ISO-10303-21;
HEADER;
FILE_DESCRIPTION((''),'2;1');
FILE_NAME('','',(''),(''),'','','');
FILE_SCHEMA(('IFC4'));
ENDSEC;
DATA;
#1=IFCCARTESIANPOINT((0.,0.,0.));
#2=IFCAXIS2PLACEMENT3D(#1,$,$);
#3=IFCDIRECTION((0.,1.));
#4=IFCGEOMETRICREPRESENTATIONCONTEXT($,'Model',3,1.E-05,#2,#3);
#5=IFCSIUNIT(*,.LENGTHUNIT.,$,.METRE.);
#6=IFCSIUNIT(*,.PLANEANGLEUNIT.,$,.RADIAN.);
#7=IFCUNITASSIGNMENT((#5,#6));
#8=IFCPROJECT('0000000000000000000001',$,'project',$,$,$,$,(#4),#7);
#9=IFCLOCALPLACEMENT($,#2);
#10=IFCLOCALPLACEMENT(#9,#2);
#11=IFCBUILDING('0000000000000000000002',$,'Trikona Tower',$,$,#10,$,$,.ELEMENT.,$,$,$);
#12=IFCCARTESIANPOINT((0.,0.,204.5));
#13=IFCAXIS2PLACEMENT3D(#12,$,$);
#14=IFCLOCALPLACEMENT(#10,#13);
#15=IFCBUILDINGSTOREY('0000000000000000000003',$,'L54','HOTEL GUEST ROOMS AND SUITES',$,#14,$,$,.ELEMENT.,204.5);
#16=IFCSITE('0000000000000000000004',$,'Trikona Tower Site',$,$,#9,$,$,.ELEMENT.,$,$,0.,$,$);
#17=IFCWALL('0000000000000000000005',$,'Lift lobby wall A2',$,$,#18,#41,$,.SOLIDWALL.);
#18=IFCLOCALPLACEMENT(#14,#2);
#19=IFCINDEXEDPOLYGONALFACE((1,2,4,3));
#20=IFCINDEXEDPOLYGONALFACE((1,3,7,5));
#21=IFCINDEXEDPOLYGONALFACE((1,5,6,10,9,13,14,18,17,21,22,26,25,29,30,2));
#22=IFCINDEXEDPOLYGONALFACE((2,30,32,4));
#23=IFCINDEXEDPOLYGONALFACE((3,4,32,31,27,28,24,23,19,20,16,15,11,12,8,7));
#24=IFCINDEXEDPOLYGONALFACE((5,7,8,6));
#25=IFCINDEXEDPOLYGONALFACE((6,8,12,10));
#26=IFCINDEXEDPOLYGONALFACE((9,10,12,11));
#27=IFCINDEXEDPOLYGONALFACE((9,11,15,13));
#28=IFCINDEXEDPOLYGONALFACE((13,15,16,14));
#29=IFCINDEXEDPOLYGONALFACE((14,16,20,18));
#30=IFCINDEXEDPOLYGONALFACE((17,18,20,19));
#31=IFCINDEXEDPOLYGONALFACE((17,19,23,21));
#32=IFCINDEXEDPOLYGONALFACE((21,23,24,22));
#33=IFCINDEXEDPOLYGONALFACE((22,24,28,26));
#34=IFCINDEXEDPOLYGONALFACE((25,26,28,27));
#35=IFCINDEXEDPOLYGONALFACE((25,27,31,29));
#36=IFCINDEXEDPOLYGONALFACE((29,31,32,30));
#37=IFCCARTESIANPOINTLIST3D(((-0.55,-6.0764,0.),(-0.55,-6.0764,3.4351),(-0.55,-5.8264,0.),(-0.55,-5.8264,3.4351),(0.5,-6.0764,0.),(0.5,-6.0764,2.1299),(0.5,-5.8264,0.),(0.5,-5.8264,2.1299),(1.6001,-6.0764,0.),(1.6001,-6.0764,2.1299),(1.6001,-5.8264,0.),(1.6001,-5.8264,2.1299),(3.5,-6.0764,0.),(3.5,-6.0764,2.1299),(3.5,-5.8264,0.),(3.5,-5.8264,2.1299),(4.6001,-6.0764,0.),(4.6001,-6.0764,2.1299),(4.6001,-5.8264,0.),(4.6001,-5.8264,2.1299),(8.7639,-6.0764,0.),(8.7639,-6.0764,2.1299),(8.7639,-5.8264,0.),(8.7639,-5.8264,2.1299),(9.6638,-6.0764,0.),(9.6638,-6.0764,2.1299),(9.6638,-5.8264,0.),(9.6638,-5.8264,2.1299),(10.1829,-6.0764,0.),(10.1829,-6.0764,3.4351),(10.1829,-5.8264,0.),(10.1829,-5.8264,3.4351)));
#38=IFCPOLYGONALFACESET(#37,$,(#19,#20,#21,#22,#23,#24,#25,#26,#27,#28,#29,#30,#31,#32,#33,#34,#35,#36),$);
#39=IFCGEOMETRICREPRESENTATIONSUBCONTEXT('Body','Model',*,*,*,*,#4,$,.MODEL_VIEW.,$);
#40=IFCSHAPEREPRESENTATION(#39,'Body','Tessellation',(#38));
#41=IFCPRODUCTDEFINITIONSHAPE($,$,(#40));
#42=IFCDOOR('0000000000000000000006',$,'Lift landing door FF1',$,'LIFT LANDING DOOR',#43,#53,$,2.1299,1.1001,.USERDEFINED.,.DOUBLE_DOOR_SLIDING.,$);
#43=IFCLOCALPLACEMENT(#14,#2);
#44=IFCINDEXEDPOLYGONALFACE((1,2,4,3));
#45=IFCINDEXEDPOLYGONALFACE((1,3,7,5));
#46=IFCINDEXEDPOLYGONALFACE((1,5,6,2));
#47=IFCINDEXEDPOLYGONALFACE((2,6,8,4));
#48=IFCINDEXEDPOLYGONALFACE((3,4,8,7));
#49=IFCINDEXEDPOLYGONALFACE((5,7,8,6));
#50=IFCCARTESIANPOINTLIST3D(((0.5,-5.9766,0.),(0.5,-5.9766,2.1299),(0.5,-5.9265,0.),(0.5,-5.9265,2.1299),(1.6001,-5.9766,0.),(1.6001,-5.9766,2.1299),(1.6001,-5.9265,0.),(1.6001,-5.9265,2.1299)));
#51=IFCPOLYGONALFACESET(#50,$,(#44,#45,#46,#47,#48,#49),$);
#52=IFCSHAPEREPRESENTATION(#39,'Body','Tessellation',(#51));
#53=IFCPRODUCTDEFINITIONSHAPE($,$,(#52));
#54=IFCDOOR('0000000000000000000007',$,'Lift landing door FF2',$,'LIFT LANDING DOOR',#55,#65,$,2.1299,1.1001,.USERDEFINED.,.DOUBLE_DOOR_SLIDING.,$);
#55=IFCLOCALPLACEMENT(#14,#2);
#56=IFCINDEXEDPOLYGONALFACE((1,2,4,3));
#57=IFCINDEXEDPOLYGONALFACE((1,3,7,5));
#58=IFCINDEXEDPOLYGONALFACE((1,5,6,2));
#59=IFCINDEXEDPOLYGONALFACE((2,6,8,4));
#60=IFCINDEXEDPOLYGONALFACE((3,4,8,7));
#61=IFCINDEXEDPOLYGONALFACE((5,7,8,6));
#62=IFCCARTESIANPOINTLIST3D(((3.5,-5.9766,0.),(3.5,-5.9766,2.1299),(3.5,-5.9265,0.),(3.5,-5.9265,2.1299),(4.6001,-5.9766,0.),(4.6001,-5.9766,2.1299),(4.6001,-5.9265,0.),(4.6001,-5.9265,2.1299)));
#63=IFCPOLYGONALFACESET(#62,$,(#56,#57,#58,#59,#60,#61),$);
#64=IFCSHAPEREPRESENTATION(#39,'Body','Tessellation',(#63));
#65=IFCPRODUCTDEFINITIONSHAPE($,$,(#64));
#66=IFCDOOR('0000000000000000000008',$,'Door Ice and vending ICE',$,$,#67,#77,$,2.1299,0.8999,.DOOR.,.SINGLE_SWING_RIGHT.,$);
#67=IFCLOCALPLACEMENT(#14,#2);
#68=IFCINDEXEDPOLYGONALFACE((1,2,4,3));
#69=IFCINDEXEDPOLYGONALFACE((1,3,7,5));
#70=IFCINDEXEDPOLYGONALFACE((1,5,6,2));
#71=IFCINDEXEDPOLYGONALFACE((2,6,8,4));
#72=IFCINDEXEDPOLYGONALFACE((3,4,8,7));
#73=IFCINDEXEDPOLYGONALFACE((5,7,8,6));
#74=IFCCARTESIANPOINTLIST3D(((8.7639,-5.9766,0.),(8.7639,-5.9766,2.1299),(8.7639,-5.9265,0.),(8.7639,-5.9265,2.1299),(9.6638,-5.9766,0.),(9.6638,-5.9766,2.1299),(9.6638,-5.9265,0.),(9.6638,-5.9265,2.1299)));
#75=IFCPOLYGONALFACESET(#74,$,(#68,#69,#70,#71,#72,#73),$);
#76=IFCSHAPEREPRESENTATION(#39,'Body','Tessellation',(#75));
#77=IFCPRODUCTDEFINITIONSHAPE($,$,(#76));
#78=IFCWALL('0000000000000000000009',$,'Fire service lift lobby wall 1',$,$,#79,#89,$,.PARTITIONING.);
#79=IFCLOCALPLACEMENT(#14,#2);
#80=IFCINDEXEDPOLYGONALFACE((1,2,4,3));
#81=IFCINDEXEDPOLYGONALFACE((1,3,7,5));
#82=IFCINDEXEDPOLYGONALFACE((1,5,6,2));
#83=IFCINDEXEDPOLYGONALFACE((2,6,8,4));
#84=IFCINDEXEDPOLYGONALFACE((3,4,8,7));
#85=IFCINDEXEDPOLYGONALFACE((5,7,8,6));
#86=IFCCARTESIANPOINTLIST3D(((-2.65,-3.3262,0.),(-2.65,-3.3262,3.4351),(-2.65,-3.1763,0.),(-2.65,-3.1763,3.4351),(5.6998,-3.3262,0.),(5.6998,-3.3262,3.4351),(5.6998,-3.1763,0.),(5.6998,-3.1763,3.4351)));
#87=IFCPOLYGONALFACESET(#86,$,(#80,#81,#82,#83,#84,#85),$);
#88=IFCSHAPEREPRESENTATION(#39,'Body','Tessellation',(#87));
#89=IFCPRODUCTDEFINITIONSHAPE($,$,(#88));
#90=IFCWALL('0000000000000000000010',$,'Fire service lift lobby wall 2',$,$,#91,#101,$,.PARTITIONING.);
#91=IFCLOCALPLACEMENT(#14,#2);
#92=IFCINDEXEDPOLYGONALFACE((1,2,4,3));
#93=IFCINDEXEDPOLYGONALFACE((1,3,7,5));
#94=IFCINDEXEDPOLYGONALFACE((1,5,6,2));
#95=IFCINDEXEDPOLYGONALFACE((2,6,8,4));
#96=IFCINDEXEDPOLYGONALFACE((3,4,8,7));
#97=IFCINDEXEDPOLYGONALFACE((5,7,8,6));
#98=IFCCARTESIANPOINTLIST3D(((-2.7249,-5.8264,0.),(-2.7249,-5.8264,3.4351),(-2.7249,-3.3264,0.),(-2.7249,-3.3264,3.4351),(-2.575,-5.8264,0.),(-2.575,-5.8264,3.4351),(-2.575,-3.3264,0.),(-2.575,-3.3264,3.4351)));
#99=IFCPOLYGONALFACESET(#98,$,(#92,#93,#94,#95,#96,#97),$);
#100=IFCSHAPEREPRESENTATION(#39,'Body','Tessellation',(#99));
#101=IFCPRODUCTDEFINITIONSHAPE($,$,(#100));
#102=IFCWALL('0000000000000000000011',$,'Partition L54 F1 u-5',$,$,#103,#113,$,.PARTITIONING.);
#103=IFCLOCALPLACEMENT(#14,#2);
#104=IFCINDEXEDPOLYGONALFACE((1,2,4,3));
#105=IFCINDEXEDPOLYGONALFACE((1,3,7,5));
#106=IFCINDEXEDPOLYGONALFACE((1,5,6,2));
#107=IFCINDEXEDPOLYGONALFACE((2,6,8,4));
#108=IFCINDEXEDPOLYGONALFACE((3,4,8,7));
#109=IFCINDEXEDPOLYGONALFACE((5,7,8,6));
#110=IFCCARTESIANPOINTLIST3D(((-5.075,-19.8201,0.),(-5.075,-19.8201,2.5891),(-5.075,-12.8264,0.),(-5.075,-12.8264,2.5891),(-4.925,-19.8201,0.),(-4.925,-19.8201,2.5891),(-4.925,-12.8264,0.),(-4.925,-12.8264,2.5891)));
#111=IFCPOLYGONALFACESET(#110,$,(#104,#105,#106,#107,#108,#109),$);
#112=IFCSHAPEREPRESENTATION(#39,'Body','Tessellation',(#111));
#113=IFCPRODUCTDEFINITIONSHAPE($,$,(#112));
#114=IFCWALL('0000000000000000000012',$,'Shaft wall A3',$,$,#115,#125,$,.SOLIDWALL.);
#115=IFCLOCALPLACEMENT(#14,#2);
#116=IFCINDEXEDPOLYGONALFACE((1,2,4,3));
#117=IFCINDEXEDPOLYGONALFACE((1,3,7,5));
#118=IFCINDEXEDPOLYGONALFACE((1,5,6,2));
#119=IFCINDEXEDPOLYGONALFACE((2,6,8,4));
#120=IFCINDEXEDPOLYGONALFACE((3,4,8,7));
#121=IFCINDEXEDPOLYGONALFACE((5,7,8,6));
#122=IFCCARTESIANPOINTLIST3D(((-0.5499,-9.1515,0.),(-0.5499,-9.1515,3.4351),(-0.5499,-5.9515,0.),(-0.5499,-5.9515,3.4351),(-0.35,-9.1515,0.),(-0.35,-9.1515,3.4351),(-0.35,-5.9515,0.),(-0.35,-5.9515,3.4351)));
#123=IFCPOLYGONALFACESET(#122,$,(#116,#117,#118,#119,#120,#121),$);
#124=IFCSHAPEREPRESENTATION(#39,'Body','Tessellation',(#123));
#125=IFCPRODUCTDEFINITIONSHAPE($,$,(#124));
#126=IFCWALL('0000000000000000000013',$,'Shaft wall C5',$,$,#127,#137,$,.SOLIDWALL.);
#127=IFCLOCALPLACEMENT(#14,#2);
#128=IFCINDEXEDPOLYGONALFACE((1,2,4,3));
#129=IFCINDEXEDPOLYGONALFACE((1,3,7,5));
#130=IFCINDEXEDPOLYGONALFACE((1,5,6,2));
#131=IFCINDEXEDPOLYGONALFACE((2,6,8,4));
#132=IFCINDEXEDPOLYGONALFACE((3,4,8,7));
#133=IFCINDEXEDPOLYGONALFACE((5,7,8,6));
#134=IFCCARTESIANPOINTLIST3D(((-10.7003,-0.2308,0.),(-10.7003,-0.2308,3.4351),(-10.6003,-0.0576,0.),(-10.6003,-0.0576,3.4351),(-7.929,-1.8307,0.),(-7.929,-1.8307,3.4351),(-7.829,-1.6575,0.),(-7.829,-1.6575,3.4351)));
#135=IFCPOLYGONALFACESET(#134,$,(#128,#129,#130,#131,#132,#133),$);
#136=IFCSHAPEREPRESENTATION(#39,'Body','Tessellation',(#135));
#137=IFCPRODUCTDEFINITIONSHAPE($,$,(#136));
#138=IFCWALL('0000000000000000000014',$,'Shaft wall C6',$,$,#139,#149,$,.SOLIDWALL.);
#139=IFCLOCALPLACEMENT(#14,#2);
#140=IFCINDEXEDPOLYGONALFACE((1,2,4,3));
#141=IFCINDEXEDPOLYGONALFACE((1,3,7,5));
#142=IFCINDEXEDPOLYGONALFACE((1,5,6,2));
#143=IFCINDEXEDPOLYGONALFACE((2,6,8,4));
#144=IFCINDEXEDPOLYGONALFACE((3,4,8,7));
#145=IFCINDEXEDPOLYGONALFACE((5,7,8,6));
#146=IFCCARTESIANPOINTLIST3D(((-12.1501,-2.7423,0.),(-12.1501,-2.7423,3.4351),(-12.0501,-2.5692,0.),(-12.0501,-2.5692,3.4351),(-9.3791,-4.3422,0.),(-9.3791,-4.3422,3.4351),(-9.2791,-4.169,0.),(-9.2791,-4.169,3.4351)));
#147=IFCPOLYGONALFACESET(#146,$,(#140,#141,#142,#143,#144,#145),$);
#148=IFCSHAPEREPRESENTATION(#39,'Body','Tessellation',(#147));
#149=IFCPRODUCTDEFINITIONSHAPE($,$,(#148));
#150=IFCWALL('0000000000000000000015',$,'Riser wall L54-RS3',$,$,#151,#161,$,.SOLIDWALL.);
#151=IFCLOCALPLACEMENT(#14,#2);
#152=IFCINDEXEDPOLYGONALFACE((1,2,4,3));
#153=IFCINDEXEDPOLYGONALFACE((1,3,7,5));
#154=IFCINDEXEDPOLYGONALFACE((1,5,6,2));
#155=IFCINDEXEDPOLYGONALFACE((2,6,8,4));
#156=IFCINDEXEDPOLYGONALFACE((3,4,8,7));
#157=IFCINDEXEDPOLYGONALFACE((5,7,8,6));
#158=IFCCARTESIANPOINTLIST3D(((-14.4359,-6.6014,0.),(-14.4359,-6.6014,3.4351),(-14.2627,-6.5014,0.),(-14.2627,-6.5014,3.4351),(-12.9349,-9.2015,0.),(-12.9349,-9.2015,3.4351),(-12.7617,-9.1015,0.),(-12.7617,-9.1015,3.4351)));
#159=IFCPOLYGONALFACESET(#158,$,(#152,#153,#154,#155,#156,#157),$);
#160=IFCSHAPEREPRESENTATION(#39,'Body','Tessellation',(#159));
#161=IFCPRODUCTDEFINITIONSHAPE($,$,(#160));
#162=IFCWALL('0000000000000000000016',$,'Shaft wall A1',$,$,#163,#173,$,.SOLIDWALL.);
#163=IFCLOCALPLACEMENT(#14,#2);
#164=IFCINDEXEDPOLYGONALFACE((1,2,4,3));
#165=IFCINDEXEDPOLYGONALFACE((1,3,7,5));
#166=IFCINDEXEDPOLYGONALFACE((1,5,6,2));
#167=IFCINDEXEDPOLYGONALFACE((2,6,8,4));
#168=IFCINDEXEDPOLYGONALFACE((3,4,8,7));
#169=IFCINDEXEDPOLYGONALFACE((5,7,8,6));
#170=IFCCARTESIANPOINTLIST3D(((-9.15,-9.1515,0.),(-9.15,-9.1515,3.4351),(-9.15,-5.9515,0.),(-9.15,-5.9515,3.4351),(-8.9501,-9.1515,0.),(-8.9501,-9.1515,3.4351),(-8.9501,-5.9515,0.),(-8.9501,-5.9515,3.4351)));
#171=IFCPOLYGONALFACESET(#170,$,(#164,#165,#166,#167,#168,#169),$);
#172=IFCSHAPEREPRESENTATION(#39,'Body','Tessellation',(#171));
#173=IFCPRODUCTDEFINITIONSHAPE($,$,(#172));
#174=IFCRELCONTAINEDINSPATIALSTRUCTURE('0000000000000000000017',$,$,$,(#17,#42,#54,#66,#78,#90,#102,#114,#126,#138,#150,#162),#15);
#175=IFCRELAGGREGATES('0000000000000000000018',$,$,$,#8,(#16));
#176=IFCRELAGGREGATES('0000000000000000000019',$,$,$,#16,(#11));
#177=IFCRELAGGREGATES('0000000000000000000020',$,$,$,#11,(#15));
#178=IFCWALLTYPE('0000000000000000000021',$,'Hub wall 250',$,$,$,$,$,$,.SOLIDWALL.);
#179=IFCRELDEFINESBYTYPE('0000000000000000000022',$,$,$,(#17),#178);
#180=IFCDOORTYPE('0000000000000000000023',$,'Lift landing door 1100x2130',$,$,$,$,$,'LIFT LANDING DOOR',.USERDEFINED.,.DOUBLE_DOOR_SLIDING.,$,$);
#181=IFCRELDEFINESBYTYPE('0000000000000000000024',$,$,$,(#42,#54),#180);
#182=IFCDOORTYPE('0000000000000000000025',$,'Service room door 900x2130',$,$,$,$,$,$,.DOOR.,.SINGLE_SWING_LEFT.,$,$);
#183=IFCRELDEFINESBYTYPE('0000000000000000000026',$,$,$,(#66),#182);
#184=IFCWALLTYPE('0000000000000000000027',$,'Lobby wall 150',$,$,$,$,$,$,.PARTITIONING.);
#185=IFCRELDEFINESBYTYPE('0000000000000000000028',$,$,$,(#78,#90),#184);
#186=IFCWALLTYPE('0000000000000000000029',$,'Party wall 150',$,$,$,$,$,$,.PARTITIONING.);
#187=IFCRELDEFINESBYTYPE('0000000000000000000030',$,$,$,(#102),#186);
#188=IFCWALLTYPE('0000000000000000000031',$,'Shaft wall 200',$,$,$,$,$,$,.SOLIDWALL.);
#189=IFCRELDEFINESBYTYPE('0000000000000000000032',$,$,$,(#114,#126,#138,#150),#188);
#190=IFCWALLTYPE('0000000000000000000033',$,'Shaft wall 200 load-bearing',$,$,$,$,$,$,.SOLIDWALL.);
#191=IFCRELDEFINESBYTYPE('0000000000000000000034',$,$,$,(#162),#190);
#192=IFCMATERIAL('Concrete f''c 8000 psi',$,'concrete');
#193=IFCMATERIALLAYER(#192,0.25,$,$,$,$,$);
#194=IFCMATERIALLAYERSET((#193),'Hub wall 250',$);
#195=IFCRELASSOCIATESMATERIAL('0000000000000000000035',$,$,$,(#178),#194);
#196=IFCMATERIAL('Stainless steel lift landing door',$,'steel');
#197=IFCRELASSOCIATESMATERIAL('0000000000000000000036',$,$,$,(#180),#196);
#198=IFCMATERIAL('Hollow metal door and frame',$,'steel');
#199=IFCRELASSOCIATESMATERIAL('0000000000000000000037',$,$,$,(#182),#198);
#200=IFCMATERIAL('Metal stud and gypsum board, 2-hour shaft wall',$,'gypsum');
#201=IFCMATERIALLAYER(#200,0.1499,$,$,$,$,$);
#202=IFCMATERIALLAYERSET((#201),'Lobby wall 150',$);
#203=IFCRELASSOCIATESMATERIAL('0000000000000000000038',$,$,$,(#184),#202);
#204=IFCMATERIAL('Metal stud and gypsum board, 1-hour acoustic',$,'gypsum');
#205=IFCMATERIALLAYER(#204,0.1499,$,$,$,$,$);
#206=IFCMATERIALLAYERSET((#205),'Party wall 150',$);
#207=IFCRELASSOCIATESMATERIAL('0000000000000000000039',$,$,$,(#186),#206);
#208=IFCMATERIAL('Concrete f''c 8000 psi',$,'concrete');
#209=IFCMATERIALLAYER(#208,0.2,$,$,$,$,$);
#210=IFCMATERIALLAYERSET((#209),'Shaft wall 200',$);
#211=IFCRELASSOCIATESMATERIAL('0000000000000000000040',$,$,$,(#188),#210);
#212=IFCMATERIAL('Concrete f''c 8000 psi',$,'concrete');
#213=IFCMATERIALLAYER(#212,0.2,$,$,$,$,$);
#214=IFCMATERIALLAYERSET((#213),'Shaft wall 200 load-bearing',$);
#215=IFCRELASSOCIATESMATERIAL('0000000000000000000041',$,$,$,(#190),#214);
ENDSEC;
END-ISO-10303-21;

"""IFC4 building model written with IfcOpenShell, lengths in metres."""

from ifc_helpers import new_model, si_unit, direction, frame, frame_2d, origin, place, context, subcontext, project, spatial, rectangle, extrude, material, layer, layer_set, type_object, element, fill, save


model = new_model("IFC4")

# Units and contexts
model_context = context("Model", 3, precision=1e-05, world=origin(), true_north=direction((0.0, 1.0)))
body_context = subcontext(model_context, "Body", "Model", "MODEL_VIEW")
ifc_project = project(units=[si_unit("LENGTHUNIT", "METRE"), si_unit("PLANEANGLEUNIT", "RADIAN")], contexts=[model_context])

# Site, building, storey
site_placement = place(None, origin())
site = spatial("IfcSite", under=ifc_project, at=site_placement, Name="Trikona Tower Site", CompositionType="ELEMENT", RefElevation=0.0)
building_placement = place(site_placement, origin())
building = spatial("IfcBuilding", under=site, at=building_placement, Name="Trikona Tower", CompositionType="ELEMENT")
storey_placement = place(building_placement, frame((0.0, 0.0, 204.5)))
storey = spatial("IfcBuildingStorey", under=building, at=storey_placement, Name="L54", Description="HOTEL GUEST ROOMS AND SUITES", CompositionType="ELEMENT", Elevation=204.5)

# Shared definitions
ifc_material_1 = material(Name="Concrete f'c 8000 psi", Category="concrete")
ifc_layer_1 = layer(ifc_material_1, 0.25)
ifc_layer_set_1 = layer_set([ifc_layer_1], Name="Hub wall 250")
wall_type_1 = type_object("IfcWallType", Name="Hub wall 250", PredefinedType="SOLIDWALL", material=ifc_layer_set_1)

# Wall, openings, doors
wall_1_placement = place(storey_placement, frame((-0.55, -5.9514, 0.0), z_axis=(0.0, 0.0, 1.0), x_axis=(1.0, 0.0, 0.0)))
wall_1 = element("IfcWall", 1, at=wall_1_placement, inside=storey, type_object=wall_type_1, Name="Lift lobby wall A2", PredefinedType="SOLIDWALL", context=body_context, shape_type="SweptSolid", body=[
    extrude(rectangle(XDim=10.7329, YDim=0.25, at=frame_2d((5.3665, 0.0))), origin(), (0.0, 0.0, 1.0), 3.4351),
])
opening_1_placement = place(wall_1_placement, frame((9.314, 0.0, 0.0)))
opening_1 = element("IfcOpeningElement", 2, at=opening_1_placement, cuts=wall_1, PredefinedType="OPENING", context=body_context, shape_type="SweptSolid", body=[
    extrude(rectangle(XDim=0.8999, YDim=2.1299, at=frame_2d((0.45, 1.0649))), frame((0.0, 0.135, 0.0), z_axis=(0.0, -1.0, 0.0), x_axis=(1.0, 0.0, 0.0)), (0.0, 0.0, 1.0), 0.27),
])
opening_2_placement = place(wall_1_placement, frame((1.05, 0.0, 0.0)))
opening_2 = element("IfcOpeningElement", 3, at=opening_2_placement, cuts=wall_1, PredefinedType="OPENING", context=body_context, shape_type="SweptSolid", body=[
    extrude(rectangle(XDim=1.1001, YDim=2.1299, at=frame_2d((0.55, 1.0649))), frame((0.0, 0.135, 0.0), z_axis=(0.0, -1.0, 0.0), x_axis=(1.0, 0.0, 0.0)), (0.0, 0.0, 1.0), 0.27),
])
opening_3_placement = place(wall_1_placement, frame((4.05, 0.0, 0.0)))
opening_3 = element("IfcOpeningElement", 4, at=opening_3_placement, cuts=wall_1, PredefinedType="OPENING", context=body_context, shape_type="SweptSolid", body=[
    extrude(rectangle(XDim=1.1001, YDim=2.1299, at=frame_2d((0.55, 1.0649))), frame((0.0, 0.135, 0.0), z_axis=(0.0, -1.0, 0.0), x_axis=(1.0, 0.0, 0.0)), (0.0, 0.0, 1.0), 0.27),
])
ifc_material_2 = material(Name="Stainless steel lift landing door", Category="steel")
door_type_1 = type_object("IfcDoorType", Name="Lift landing door 1100x2130", ElementType="LIFT LANDING DOOR", OperationType="DOUBLE_DOOR_SLIDING", PredefinedType="USERDEFINED", material=ifc_material_2)
door_1_placement = place(opening_2_placement, origin())
door_1 = element("IfcDoor", 5, at=door_1_placement, inside=storey, type_object=door_type_1, Name="Lift landing door FF1", ObjectType="LIFT LANDING DOOR", OperationType="DOUBLE_DOOR_SLIDING", OverallHeight=2.1299, OverallWidth=1.1001, PredefinedType="USERDEFINED", context=body_context, shape_type="SweptSolid", body=[
    extrude(rectangle(XDim=1.1001, YDim=2.1299, at=frame_2d((0.55, 1.0649))), frame((0.0, 0.0249, 0.0), z_axis=(0.0, -1.0, 0.0), x_axis=(1.0, 0.0, 0.0)), (0.0, 0.0, 1.0), 0.05),
])
fill(opening_2, door_1)
door_2_placement = place(opening_3_placement, origin())
door_2 = element("IfcDoor", 6, at=door_2_placement, inside=storey, type_object=door_type_1, Name="Lift landing door FF2", ObjectType="LIFT LANDING DOOR", OperationType="DOUBLE_DOOR_SLIDING", OverallHeight=2.1299, OverallWidth=1.1001, PredefinedType="USERDEFINED", context=body_context, shape_type="SweptSolid", body=[
    extrude(rectangle(XDim=1.1001, YDim=2.1299, at=frame_2d((0.55, 1.0649))), frame((0.0, 0.0249, 0.0), z_axis=(0.0, -1.0, 0.0), x_axis=(1.0, 0.0, 0.0)), (0.0, 0.0, 1.0), 0.05),
])
fill(opening_3, door_2)
ifc_material_3 = material(Name="Hollow metal door and frame", Category="steel")
door_type_2 = type_object("IfcDoorType", Name="Service room door 900x2130", OperationType="SINGLE_SWING_LEFT", PredefinedType="DOOR", material=ifc_material_3)
door_3_placement = place(opening_1_placement, origin())
door_3 = element("IfcDoor", 7, at=door_3_placement, inside=storey, type_object=door_type_2, Name="Door Ice and vending ICE", OperationType="SINGLE_SWING_RIGHT", OverallHeight=2.1299, OverallWidth=0.8999, PredefinedType="DOOR", context=body_context, shape_type="SweptSolid", body=[
    extrude(rectangle(XDim=0.8999, YDim=2.1299, at=frame_2d((0.45, 1.0649))), frame((0.0, 0.0249, 0.0), z_axis=(0.0, -1.0, 0.0), x_axis=(1.0, 0.0, 0.0)), (0.0, 0.0, 1.0), 0.05),
])
fill(opening_1, door_3)

# Walls
ifc_material_4 = material(Name="Metal stud and gypsum board, 2-hour shaft wall", Category="gypsum")
ifc_layer_2 = layer(ifc_material_4, 0.1499)
ifc_layer_set_2 = layer_set([ifc_layer_2], Name="Lobby wall 150")
wall_type_2 = type_object("IfcWallType", Name="Lobby wall 150", PredefinedType="PARTITIONING", material=ifc_layer_set_2)
wall_2_placement = place(storey_placement, frame((-2.6499, -3.2512, 0.0), z_axis=(0.0, 0.0, 1.0), x_axis=(1.0, 0.0, 0.0)))
element("IfcWall", 8, at=wall_2_placement, inside=storey, type_object=wall_type_2, Name="Fire service lift lobby wall 1", PredefinedType="PARTITIONING", context=body_context, shape_type="SweptSolid", body=[
    extrude(rectangle(XDim=8.3499, YDim=0.1499, at=frame_2d((4.1748, 0.0))), origin(), (0.0, 0.0, 1.0), 3.4351),
])
wall_3_placement = place(storey_placement, frame((-2.6499, -5.8264, 0.0), z_axis=(0.0, 0.0, 1.0), x_axis=(0.0, 1.0, 0.0)))
element("IfcWall", 9, at=wall_3_placement, inside=storey, type_object=wall_type_2, Name="Fire service lift lobby wall 2", PredefinedType="PARTITIONING", context=body_context, shape_type="SweptSolid", body=[
    extrude(rectangle(XDim=2.5, YDim=0.1499, at=frame_2d((1.25, 0.0))), origin(), (0.0, 0.0, 1.0), 3.4351),
])
ifc_material_5 = material(Name="Metal stud and gypsum board, 1-hour acoustic", Category="gypsum")
ifc_layer_3 = layer(ifc_material_5, 0.1499)
ifc_layer_set_3 = layer_set([ifc_layer_3], Name="Party wall 150")
wall_type_3 = type_object("IfcWallType", Name="Party wall 150", PredefinedType="PARTITIONING", material=ifc_layer_set_3)
wall_4_placement = place(storey_placement, frame((-5.0, -12.8264, 0.0), z_axis=(0.0, 0.0, 1.0), x_axis=(0.0, -1.0, 0.0)))
element("IfcWall", 10, at=wall_4_placement, inside=storey, type_object=wall_type_3, Name="Partition L54 F1 u-5", PredefinedType="PARTITIONING", context=body_context, shape_type="SweptSolid", body=[
    extrude(rectangle(XDim=6.9937, YDim=0.1499, at=frame_2d((3.4968, 0.0))), origin(), (0.0, 0.0, 1.0), 2.5891),
])
ifc_material_6 = material(Name="Concrete f'c 8000 psi", Category="concrete")
ifc_layer_4 = layer(ifc_material_6, 0.2)
ifc_layer_set_4 = layer_set([ifc_layer_4], Name="Shaft wall 200")
wall_type_4 = type_object("IfcWallType", Name="Shaft wall 200", PredefinedType="SOLIDWALL", material=ifc_layer_set_4)
for number, where, z_axis, x_axis, name in (
    (11, (-0.45, -5.9514, 0.0), (0.0, 0.0, 1.0), (0.0, -1.0, 0.0), "Shaft wall A3"),
    (12, (-7.8789, -1.7441, 0.0), (0.0, 0.0, 1.0), (-0.866042, 0.499971, 0.0), "Shaft wall C5"),
):
    element("IfcWall", number, at=place(storey_placement, frame(where, z_axis=z_axis, x_axis=x_axis)), inside=storey, type_object=wall_type_4, Name=name, PredefinedType="SOLIDWALL", context=body_context, shape_type="SweptSolid", body=[
        extrude(rectangle(XDim=3.2, YDim=0.2, at=frame_2d((1.6001, 0.0))), origin(), (0.0, 0.0, 1.0), 3.4351),
    ])
wall_5_placement = place(storey_placement, frame((-9.3291, -4.2556, 0.0), z_axis=(0.0, 0.0, 1.0), x_axis=(-0.866023, 0.500004, 0.0)))
element("IfcWall", 13, at=wall_5_placement, inside=storey, type_object=wall_type_4, Name="Shaft wall C6", PredefinedType="SOLIDWALL", context=body_context, shape_type="SweptSolid", body=[
    extrude(rectangle(XDim=3.1997, YDim=0.2, at=frame_2d((1.5999, 0.0))), origin(), (0.0, 0.0, 1.0), 3.4351),
])
wall_6_placement = place(storey_placement, frame((-12.8484, -9.1514, 0.0), z_axis=(0.0, 0.0, 1.0), x_axis=(-0.499952, 0.866053, 0.0)))
element("IfcWall", 14, at=wall_6_placement, inside=storey, type_object=wall_type_4, Name="Riser wall L54-RS3", PredefinedType="SOLIDWALL", context=body_context, shape_type="SweptSolid", body=[
    extrude(rectangle(XDim=3.0022, YDim=0.2, at=frame_2d((1.501, 0.0))), origin(), (0.0, 0.0, 1.0), 3.4351),
])
ifc_material_7 = material(Name="Concrete f'c 8000 psi", Category="concrete")
ifc_layer_5 = layer(ifc_material_7, 0.2)
ifc_layer_set_5 = layer_set([ifc_layer_5], Name="Shaft wall 200 load-bearing")
wall_type_5 = type_object("IfcWallType", Name="Shaft wall 200 load-bearing", PredefinedType="SOLIDWALL", material=ifc_layer_set_5)
wall_7_placement = place(storey_placement, frame((-9.05, -5.9514, 0.0), z_axis=(0.0, 0.0, 1.0), x_axis=(0.0, -1.0, 0.0)))
element("IfcWall", 15, at=wall_7_placement, inside=storey, type_object=wall_type_5, Name="Shaft wall A1", PredefinedType="SOLIDWALL", context=body_context, shape_type="SweptSolid", body=[
    extrude(rectangle(XDim=3.2, YDim=0.2, at=frame_2d((1.6001, 0.0))), origin(), (0.0, 0.0, 1.0), 3.4351),
])

save(model, "model.ifc")
